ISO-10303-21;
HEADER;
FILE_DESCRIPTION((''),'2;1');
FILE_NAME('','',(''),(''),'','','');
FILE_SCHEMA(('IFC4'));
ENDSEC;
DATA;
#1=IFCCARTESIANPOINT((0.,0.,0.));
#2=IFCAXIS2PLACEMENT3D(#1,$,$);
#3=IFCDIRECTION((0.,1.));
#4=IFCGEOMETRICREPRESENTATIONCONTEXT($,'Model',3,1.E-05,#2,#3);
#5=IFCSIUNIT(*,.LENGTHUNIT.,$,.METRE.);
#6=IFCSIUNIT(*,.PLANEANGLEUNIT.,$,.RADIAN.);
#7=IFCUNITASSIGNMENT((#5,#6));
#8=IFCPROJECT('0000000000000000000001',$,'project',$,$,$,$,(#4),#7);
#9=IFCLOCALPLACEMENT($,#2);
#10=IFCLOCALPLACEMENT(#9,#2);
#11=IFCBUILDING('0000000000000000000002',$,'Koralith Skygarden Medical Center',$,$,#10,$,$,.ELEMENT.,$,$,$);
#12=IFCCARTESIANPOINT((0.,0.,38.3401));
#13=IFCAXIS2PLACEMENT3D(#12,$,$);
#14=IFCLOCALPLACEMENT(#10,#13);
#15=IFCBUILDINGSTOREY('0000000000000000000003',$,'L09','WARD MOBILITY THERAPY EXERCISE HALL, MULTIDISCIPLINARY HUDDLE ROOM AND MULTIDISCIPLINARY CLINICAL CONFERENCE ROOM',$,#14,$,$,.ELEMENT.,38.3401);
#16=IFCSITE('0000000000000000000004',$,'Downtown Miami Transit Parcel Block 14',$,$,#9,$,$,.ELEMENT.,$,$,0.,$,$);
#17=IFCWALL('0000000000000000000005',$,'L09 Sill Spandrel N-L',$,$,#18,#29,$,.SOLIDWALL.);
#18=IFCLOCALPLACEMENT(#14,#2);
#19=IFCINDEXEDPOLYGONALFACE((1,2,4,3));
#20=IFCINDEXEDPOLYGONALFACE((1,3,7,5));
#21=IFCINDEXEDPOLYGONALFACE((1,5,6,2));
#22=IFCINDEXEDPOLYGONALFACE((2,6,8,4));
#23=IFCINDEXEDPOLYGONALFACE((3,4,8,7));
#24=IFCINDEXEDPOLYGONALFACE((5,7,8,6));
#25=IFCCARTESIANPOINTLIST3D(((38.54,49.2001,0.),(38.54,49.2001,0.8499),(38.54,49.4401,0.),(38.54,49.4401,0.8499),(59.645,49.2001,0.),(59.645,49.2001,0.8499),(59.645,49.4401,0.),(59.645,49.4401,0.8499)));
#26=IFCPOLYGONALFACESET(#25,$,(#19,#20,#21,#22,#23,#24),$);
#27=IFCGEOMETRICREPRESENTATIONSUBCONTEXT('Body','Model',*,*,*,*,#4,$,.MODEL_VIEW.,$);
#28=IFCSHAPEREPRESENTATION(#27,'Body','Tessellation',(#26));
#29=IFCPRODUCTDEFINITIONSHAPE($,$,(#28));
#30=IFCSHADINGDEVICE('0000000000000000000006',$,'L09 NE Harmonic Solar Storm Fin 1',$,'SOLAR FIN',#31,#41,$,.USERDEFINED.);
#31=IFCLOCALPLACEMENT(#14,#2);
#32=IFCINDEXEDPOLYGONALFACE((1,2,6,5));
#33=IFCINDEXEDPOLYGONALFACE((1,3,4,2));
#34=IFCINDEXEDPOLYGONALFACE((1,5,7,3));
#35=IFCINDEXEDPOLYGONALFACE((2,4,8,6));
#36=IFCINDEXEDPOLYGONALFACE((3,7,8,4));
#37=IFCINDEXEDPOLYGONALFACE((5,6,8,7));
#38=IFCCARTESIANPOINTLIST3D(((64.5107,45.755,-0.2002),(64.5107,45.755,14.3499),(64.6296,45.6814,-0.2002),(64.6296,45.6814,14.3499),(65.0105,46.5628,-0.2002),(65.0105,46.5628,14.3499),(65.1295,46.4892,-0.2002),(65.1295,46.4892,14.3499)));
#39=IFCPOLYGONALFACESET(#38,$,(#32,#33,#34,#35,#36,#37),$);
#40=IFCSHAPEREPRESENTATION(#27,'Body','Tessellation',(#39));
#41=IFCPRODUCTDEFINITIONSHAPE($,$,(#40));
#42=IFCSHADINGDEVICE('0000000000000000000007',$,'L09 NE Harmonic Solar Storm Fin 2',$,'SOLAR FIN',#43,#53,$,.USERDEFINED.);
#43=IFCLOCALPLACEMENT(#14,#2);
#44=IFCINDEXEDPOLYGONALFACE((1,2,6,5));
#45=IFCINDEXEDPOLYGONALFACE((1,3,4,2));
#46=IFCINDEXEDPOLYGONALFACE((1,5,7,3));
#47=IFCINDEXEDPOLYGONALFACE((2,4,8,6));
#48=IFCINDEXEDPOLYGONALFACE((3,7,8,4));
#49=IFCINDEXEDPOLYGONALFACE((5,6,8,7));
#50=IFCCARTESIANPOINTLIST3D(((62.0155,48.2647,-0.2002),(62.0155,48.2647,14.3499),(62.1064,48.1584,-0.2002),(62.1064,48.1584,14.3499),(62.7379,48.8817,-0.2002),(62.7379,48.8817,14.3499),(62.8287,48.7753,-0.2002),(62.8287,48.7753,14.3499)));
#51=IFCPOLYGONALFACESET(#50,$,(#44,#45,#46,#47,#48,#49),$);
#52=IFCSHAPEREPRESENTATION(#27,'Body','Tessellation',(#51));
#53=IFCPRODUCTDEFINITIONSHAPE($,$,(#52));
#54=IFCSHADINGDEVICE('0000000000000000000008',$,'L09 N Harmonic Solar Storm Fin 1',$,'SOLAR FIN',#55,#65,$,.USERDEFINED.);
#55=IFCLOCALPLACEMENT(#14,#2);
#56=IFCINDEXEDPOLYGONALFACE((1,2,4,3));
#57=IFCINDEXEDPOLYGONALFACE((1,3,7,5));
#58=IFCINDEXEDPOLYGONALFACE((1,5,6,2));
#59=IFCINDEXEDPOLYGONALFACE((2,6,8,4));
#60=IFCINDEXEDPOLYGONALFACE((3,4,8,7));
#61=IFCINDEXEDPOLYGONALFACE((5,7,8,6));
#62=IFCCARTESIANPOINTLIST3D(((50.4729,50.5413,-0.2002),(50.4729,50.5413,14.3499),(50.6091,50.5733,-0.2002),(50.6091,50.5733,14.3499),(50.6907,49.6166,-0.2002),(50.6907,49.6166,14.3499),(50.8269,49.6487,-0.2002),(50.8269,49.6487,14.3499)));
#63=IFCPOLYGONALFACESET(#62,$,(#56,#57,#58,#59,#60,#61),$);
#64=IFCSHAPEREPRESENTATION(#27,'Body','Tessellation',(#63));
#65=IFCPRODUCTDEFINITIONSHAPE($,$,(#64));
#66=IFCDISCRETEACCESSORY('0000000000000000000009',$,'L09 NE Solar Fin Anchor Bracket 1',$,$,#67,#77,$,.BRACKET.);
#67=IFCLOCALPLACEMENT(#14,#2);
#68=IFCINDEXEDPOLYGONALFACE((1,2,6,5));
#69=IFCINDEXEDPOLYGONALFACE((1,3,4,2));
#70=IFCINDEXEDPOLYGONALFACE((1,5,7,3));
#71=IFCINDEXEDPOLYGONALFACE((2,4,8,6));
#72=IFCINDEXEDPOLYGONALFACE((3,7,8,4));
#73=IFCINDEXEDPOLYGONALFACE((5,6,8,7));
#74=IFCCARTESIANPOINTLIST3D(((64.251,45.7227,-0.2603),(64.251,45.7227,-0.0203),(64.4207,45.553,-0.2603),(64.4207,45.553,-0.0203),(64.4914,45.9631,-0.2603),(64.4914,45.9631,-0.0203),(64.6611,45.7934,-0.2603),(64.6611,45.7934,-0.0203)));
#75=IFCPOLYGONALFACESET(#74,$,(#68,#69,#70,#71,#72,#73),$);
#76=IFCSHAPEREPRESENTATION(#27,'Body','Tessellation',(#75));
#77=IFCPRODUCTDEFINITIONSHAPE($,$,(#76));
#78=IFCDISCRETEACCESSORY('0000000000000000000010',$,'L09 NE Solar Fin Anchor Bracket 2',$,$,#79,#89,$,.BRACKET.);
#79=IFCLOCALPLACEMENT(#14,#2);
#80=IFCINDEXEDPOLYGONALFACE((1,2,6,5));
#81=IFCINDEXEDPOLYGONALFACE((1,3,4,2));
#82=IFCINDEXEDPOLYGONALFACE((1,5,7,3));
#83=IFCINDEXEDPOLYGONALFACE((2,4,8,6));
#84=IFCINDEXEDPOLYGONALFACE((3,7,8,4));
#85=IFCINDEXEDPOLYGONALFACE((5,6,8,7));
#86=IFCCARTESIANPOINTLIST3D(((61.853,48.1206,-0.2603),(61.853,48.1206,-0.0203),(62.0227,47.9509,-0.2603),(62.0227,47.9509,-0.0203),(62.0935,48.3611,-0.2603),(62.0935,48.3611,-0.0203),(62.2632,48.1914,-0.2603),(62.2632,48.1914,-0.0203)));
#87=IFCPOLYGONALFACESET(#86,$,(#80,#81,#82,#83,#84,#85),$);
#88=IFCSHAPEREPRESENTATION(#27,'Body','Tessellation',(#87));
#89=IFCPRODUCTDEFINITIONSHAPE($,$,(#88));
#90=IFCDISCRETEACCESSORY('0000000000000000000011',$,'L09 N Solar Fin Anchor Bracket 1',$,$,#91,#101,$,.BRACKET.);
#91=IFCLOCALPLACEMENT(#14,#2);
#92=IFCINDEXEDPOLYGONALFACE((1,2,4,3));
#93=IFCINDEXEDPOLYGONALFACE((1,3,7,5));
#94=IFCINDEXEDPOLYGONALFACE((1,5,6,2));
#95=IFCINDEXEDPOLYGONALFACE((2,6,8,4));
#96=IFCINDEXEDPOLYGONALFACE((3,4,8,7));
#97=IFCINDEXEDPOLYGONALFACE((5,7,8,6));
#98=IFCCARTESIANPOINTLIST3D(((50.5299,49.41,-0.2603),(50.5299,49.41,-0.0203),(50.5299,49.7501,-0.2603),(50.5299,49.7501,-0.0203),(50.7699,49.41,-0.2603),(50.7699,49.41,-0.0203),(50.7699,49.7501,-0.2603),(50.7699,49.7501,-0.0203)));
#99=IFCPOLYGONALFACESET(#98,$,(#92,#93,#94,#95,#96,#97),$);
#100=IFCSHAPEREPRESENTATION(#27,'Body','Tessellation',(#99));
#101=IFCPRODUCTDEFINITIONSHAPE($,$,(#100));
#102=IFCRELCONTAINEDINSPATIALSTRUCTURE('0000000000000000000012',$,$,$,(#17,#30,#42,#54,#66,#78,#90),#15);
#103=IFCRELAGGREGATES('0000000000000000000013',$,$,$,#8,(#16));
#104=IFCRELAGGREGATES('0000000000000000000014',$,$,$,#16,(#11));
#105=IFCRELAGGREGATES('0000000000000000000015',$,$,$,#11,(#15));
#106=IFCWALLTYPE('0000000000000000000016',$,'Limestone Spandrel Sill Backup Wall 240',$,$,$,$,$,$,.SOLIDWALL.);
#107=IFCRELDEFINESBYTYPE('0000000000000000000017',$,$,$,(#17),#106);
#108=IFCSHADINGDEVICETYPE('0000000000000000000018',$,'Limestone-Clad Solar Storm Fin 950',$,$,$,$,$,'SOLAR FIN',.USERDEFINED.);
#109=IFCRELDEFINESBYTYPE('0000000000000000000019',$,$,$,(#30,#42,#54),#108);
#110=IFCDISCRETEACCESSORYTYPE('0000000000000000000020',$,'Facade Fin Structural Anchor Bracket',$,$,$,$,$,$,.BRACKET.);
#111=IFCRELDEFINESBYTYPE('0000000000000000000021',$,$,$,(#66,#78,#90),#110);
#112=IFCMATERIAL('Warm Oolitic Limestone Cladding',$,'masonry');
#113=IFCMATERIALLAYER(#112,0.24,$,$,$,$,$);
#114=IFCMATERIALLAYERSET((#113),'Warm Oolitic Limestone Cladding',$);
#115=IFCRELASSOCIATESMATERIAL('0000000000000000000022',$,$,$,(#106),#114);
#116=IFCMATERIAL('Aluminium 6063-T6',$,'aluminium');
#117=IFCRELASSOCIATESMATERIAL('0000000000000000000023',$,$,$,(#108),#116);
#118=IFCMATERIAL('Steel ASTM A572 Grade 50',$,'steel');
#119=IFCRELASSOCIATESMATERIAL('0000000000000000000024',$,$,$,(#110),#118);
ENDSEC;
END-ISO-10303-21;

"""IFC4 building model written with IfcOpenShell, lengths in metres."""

from ifc_helpers import new_model, si_unit, direction, frame, frame_2d, origin, origin_2d, place, context, subcontext, project, spatial, rectangle, extrude, material, layer, layer_set, type_object, element, save


model = new_model("IFC4")

# Units and contexts
model_context = context("Model", 3, precision=1e-05, world=origin(), true_north=direction((0.0, 1.0)))
body_context = subcontext(model_context, "Body", "Model", "MODEL_VIEW")
ifc_project = project(units=[si_unit("LENGTHUNIT", "METRE"), si_unit("PLANEANGLEUNIT", "RADIAN")], contexts=[model_context])

# Site, building, storey
site_placement = place(None, origin())
site = spatial("IfcSite", under=ifc_project, at=site_placement, Name="Downtown Miami Transit Parcel Block 14", CompositionType="ELEMENT", RefElevation=0.0)
building_placement = place(site_placement, origin())
building = spatial("IfcBuilding", under=site, at=building_placement, Name="Koralith Skygarden Medical Center", CompositionType="ELEMENT")
storey_placement = place(building_placement, frame((0.0, 0.0, 38.3401)))
storey = spatial("IfcBuildingStorey", under=building, at=storey_placement, Name="L09", Description="WARD MOBILITY THERAPY EXERCISE HALL, MULTIDISCIPLINARY HUDDLE ROOM AND MULTIDISCIPLINARY CLINICAL CONFERENCE ROOM", CompositionType="ELEMENT", Elevation=38.3401)

# Shared definitions
ifc_material_1 = material(Name="Aluminium 6063-T6", Category="aluminium")

# Shared definitions
ifc_material_2 = material(Name="Warm Oolitic Limestone Cladding", Category="masonry")

# Wall
ifc_layer_1 = layer(ifc_material_2, 0.24)
ifc_layer_set_1 = layer_set([ifc_layer_1], Name="Warm Oolitic Limestone Cladding")
wall_type = type_object("IfcWallType", Name="Limestone Spandrel Sill Backup Wall 240", PredefinedType="SOLIDWALL", material=ifc_layer_set_1)
wall_placement = place(storey_placement, frame((59.645, 49.3201, 0.0), z_axis=(0.0, 0.0, 1.0), x_axis=(-1.0, 0.0, 0.0)))
element("IfcWall", 1, at=wall_placement, inside=storey, type_object=wall_type, Name="L09 Sill Spandrel N-L", PredefinedType="SOLIDWALL", context=body_context, shape_type="SweptSolid", body=[
    extrude(rectangle(XDim=21.105, YDim=0.24, at=frame_2d((10.5525, 0.0))), origin(), (0.0, 0.0, 1.0), 0.8499),
])

# Shading devices
shading_device_type = type_object("IfcShadingDeviceType", Name="Limestone-Clad Solar Storm Fin 950", ElementType="SOLAR FIN", PredefinedType="USERDEFINED", material=ifc_material_1)
for number, where, z_axis, x_axis, name in (
    (2, (64.8201, 46.1221, -0.2002), (0.0, 0.0, 1.0), (0.526169, 0.85038, 0.0), "L09 NE Harmonic Solar Storm Fin 1"),
    (3, (62.4221, 48.52, -0.2002), (0.0, 0.0, 1.0), (0.760429, 0.649422, 0.0), "L09 NE Harmonic Solar Storm Fin 2"),
    (4, (50.6499, 50.095, -0.2002), (0.0, 0.0, 1.0), (-0.229251, 0.973367, 0.0), "L09 N Harmonic Solar Storm Fin 1"),
):
    element("IfcShadingDevice", number, at=place(storey_placement, frame(where, z_axis=z_axis, x_axis=x_axis)), inside=storey, type_object=shading_device_type, Name=name, ObjectType="SOLAR FIN", PredefinedType="USERDEFINED", context=body_context, shape_type="SweptSolid", body=[
        extrude(rectangle(XDim=0.95, YDim=0.1399, at=origin_2d()), origin(), (0.0, 0.0, 1.0), 14.55),
    ])

# Discrete accessories
ifc_material_3 = material(Name="Steel ASTM A572 Grade 50", Category="steel")
discrete_accessory_type = type_object("IfcDiscreteAccessoryType", Name="Facade Fin Structural Anchor Bracket", PredefinedType="BRACKET", material=ifc_material_3)
for number, where, z_axis, x_axis, name in (
    (5, (64.4561, 45.7581, -0.2603), (0.0, 0.0, 1.0), (0.707107, 0.707107, 0.0), "L09 NE Solar Fin Anchor Bracket 1"),
    (6, (62.0581, 48.156, -0.2603), (0.0, 0.0, 1.0), (0.707107, 0.707107, 0.0), "L09 NE Solar Fin Anchor Bracket 2"),
    (7, (50.6499, 49.5801, -0.2603), (0.0, 0.0, 1.0), (0.0, 1.0, 0.0), "L09 N Solar Fin Anchor Bracket 1"),
):
    element("IfcDiscreteAccessory", number, at=place(storey_placement, frame(where, z_axis=z_axis, x_axis=x_axis)), inside=storey, type_object=discrete_accessory_type, Name=name, PredefinedType="BRACKET", context=body_context, shape_type="SweptSolid", body=[
        extrude(rectangle(XDim=0.3401, YDim=0.24, at=origin_2d()), origin(), (0.0, 0.0, 1.0), 0.24),
    ])

save(model, "model.ifc")
